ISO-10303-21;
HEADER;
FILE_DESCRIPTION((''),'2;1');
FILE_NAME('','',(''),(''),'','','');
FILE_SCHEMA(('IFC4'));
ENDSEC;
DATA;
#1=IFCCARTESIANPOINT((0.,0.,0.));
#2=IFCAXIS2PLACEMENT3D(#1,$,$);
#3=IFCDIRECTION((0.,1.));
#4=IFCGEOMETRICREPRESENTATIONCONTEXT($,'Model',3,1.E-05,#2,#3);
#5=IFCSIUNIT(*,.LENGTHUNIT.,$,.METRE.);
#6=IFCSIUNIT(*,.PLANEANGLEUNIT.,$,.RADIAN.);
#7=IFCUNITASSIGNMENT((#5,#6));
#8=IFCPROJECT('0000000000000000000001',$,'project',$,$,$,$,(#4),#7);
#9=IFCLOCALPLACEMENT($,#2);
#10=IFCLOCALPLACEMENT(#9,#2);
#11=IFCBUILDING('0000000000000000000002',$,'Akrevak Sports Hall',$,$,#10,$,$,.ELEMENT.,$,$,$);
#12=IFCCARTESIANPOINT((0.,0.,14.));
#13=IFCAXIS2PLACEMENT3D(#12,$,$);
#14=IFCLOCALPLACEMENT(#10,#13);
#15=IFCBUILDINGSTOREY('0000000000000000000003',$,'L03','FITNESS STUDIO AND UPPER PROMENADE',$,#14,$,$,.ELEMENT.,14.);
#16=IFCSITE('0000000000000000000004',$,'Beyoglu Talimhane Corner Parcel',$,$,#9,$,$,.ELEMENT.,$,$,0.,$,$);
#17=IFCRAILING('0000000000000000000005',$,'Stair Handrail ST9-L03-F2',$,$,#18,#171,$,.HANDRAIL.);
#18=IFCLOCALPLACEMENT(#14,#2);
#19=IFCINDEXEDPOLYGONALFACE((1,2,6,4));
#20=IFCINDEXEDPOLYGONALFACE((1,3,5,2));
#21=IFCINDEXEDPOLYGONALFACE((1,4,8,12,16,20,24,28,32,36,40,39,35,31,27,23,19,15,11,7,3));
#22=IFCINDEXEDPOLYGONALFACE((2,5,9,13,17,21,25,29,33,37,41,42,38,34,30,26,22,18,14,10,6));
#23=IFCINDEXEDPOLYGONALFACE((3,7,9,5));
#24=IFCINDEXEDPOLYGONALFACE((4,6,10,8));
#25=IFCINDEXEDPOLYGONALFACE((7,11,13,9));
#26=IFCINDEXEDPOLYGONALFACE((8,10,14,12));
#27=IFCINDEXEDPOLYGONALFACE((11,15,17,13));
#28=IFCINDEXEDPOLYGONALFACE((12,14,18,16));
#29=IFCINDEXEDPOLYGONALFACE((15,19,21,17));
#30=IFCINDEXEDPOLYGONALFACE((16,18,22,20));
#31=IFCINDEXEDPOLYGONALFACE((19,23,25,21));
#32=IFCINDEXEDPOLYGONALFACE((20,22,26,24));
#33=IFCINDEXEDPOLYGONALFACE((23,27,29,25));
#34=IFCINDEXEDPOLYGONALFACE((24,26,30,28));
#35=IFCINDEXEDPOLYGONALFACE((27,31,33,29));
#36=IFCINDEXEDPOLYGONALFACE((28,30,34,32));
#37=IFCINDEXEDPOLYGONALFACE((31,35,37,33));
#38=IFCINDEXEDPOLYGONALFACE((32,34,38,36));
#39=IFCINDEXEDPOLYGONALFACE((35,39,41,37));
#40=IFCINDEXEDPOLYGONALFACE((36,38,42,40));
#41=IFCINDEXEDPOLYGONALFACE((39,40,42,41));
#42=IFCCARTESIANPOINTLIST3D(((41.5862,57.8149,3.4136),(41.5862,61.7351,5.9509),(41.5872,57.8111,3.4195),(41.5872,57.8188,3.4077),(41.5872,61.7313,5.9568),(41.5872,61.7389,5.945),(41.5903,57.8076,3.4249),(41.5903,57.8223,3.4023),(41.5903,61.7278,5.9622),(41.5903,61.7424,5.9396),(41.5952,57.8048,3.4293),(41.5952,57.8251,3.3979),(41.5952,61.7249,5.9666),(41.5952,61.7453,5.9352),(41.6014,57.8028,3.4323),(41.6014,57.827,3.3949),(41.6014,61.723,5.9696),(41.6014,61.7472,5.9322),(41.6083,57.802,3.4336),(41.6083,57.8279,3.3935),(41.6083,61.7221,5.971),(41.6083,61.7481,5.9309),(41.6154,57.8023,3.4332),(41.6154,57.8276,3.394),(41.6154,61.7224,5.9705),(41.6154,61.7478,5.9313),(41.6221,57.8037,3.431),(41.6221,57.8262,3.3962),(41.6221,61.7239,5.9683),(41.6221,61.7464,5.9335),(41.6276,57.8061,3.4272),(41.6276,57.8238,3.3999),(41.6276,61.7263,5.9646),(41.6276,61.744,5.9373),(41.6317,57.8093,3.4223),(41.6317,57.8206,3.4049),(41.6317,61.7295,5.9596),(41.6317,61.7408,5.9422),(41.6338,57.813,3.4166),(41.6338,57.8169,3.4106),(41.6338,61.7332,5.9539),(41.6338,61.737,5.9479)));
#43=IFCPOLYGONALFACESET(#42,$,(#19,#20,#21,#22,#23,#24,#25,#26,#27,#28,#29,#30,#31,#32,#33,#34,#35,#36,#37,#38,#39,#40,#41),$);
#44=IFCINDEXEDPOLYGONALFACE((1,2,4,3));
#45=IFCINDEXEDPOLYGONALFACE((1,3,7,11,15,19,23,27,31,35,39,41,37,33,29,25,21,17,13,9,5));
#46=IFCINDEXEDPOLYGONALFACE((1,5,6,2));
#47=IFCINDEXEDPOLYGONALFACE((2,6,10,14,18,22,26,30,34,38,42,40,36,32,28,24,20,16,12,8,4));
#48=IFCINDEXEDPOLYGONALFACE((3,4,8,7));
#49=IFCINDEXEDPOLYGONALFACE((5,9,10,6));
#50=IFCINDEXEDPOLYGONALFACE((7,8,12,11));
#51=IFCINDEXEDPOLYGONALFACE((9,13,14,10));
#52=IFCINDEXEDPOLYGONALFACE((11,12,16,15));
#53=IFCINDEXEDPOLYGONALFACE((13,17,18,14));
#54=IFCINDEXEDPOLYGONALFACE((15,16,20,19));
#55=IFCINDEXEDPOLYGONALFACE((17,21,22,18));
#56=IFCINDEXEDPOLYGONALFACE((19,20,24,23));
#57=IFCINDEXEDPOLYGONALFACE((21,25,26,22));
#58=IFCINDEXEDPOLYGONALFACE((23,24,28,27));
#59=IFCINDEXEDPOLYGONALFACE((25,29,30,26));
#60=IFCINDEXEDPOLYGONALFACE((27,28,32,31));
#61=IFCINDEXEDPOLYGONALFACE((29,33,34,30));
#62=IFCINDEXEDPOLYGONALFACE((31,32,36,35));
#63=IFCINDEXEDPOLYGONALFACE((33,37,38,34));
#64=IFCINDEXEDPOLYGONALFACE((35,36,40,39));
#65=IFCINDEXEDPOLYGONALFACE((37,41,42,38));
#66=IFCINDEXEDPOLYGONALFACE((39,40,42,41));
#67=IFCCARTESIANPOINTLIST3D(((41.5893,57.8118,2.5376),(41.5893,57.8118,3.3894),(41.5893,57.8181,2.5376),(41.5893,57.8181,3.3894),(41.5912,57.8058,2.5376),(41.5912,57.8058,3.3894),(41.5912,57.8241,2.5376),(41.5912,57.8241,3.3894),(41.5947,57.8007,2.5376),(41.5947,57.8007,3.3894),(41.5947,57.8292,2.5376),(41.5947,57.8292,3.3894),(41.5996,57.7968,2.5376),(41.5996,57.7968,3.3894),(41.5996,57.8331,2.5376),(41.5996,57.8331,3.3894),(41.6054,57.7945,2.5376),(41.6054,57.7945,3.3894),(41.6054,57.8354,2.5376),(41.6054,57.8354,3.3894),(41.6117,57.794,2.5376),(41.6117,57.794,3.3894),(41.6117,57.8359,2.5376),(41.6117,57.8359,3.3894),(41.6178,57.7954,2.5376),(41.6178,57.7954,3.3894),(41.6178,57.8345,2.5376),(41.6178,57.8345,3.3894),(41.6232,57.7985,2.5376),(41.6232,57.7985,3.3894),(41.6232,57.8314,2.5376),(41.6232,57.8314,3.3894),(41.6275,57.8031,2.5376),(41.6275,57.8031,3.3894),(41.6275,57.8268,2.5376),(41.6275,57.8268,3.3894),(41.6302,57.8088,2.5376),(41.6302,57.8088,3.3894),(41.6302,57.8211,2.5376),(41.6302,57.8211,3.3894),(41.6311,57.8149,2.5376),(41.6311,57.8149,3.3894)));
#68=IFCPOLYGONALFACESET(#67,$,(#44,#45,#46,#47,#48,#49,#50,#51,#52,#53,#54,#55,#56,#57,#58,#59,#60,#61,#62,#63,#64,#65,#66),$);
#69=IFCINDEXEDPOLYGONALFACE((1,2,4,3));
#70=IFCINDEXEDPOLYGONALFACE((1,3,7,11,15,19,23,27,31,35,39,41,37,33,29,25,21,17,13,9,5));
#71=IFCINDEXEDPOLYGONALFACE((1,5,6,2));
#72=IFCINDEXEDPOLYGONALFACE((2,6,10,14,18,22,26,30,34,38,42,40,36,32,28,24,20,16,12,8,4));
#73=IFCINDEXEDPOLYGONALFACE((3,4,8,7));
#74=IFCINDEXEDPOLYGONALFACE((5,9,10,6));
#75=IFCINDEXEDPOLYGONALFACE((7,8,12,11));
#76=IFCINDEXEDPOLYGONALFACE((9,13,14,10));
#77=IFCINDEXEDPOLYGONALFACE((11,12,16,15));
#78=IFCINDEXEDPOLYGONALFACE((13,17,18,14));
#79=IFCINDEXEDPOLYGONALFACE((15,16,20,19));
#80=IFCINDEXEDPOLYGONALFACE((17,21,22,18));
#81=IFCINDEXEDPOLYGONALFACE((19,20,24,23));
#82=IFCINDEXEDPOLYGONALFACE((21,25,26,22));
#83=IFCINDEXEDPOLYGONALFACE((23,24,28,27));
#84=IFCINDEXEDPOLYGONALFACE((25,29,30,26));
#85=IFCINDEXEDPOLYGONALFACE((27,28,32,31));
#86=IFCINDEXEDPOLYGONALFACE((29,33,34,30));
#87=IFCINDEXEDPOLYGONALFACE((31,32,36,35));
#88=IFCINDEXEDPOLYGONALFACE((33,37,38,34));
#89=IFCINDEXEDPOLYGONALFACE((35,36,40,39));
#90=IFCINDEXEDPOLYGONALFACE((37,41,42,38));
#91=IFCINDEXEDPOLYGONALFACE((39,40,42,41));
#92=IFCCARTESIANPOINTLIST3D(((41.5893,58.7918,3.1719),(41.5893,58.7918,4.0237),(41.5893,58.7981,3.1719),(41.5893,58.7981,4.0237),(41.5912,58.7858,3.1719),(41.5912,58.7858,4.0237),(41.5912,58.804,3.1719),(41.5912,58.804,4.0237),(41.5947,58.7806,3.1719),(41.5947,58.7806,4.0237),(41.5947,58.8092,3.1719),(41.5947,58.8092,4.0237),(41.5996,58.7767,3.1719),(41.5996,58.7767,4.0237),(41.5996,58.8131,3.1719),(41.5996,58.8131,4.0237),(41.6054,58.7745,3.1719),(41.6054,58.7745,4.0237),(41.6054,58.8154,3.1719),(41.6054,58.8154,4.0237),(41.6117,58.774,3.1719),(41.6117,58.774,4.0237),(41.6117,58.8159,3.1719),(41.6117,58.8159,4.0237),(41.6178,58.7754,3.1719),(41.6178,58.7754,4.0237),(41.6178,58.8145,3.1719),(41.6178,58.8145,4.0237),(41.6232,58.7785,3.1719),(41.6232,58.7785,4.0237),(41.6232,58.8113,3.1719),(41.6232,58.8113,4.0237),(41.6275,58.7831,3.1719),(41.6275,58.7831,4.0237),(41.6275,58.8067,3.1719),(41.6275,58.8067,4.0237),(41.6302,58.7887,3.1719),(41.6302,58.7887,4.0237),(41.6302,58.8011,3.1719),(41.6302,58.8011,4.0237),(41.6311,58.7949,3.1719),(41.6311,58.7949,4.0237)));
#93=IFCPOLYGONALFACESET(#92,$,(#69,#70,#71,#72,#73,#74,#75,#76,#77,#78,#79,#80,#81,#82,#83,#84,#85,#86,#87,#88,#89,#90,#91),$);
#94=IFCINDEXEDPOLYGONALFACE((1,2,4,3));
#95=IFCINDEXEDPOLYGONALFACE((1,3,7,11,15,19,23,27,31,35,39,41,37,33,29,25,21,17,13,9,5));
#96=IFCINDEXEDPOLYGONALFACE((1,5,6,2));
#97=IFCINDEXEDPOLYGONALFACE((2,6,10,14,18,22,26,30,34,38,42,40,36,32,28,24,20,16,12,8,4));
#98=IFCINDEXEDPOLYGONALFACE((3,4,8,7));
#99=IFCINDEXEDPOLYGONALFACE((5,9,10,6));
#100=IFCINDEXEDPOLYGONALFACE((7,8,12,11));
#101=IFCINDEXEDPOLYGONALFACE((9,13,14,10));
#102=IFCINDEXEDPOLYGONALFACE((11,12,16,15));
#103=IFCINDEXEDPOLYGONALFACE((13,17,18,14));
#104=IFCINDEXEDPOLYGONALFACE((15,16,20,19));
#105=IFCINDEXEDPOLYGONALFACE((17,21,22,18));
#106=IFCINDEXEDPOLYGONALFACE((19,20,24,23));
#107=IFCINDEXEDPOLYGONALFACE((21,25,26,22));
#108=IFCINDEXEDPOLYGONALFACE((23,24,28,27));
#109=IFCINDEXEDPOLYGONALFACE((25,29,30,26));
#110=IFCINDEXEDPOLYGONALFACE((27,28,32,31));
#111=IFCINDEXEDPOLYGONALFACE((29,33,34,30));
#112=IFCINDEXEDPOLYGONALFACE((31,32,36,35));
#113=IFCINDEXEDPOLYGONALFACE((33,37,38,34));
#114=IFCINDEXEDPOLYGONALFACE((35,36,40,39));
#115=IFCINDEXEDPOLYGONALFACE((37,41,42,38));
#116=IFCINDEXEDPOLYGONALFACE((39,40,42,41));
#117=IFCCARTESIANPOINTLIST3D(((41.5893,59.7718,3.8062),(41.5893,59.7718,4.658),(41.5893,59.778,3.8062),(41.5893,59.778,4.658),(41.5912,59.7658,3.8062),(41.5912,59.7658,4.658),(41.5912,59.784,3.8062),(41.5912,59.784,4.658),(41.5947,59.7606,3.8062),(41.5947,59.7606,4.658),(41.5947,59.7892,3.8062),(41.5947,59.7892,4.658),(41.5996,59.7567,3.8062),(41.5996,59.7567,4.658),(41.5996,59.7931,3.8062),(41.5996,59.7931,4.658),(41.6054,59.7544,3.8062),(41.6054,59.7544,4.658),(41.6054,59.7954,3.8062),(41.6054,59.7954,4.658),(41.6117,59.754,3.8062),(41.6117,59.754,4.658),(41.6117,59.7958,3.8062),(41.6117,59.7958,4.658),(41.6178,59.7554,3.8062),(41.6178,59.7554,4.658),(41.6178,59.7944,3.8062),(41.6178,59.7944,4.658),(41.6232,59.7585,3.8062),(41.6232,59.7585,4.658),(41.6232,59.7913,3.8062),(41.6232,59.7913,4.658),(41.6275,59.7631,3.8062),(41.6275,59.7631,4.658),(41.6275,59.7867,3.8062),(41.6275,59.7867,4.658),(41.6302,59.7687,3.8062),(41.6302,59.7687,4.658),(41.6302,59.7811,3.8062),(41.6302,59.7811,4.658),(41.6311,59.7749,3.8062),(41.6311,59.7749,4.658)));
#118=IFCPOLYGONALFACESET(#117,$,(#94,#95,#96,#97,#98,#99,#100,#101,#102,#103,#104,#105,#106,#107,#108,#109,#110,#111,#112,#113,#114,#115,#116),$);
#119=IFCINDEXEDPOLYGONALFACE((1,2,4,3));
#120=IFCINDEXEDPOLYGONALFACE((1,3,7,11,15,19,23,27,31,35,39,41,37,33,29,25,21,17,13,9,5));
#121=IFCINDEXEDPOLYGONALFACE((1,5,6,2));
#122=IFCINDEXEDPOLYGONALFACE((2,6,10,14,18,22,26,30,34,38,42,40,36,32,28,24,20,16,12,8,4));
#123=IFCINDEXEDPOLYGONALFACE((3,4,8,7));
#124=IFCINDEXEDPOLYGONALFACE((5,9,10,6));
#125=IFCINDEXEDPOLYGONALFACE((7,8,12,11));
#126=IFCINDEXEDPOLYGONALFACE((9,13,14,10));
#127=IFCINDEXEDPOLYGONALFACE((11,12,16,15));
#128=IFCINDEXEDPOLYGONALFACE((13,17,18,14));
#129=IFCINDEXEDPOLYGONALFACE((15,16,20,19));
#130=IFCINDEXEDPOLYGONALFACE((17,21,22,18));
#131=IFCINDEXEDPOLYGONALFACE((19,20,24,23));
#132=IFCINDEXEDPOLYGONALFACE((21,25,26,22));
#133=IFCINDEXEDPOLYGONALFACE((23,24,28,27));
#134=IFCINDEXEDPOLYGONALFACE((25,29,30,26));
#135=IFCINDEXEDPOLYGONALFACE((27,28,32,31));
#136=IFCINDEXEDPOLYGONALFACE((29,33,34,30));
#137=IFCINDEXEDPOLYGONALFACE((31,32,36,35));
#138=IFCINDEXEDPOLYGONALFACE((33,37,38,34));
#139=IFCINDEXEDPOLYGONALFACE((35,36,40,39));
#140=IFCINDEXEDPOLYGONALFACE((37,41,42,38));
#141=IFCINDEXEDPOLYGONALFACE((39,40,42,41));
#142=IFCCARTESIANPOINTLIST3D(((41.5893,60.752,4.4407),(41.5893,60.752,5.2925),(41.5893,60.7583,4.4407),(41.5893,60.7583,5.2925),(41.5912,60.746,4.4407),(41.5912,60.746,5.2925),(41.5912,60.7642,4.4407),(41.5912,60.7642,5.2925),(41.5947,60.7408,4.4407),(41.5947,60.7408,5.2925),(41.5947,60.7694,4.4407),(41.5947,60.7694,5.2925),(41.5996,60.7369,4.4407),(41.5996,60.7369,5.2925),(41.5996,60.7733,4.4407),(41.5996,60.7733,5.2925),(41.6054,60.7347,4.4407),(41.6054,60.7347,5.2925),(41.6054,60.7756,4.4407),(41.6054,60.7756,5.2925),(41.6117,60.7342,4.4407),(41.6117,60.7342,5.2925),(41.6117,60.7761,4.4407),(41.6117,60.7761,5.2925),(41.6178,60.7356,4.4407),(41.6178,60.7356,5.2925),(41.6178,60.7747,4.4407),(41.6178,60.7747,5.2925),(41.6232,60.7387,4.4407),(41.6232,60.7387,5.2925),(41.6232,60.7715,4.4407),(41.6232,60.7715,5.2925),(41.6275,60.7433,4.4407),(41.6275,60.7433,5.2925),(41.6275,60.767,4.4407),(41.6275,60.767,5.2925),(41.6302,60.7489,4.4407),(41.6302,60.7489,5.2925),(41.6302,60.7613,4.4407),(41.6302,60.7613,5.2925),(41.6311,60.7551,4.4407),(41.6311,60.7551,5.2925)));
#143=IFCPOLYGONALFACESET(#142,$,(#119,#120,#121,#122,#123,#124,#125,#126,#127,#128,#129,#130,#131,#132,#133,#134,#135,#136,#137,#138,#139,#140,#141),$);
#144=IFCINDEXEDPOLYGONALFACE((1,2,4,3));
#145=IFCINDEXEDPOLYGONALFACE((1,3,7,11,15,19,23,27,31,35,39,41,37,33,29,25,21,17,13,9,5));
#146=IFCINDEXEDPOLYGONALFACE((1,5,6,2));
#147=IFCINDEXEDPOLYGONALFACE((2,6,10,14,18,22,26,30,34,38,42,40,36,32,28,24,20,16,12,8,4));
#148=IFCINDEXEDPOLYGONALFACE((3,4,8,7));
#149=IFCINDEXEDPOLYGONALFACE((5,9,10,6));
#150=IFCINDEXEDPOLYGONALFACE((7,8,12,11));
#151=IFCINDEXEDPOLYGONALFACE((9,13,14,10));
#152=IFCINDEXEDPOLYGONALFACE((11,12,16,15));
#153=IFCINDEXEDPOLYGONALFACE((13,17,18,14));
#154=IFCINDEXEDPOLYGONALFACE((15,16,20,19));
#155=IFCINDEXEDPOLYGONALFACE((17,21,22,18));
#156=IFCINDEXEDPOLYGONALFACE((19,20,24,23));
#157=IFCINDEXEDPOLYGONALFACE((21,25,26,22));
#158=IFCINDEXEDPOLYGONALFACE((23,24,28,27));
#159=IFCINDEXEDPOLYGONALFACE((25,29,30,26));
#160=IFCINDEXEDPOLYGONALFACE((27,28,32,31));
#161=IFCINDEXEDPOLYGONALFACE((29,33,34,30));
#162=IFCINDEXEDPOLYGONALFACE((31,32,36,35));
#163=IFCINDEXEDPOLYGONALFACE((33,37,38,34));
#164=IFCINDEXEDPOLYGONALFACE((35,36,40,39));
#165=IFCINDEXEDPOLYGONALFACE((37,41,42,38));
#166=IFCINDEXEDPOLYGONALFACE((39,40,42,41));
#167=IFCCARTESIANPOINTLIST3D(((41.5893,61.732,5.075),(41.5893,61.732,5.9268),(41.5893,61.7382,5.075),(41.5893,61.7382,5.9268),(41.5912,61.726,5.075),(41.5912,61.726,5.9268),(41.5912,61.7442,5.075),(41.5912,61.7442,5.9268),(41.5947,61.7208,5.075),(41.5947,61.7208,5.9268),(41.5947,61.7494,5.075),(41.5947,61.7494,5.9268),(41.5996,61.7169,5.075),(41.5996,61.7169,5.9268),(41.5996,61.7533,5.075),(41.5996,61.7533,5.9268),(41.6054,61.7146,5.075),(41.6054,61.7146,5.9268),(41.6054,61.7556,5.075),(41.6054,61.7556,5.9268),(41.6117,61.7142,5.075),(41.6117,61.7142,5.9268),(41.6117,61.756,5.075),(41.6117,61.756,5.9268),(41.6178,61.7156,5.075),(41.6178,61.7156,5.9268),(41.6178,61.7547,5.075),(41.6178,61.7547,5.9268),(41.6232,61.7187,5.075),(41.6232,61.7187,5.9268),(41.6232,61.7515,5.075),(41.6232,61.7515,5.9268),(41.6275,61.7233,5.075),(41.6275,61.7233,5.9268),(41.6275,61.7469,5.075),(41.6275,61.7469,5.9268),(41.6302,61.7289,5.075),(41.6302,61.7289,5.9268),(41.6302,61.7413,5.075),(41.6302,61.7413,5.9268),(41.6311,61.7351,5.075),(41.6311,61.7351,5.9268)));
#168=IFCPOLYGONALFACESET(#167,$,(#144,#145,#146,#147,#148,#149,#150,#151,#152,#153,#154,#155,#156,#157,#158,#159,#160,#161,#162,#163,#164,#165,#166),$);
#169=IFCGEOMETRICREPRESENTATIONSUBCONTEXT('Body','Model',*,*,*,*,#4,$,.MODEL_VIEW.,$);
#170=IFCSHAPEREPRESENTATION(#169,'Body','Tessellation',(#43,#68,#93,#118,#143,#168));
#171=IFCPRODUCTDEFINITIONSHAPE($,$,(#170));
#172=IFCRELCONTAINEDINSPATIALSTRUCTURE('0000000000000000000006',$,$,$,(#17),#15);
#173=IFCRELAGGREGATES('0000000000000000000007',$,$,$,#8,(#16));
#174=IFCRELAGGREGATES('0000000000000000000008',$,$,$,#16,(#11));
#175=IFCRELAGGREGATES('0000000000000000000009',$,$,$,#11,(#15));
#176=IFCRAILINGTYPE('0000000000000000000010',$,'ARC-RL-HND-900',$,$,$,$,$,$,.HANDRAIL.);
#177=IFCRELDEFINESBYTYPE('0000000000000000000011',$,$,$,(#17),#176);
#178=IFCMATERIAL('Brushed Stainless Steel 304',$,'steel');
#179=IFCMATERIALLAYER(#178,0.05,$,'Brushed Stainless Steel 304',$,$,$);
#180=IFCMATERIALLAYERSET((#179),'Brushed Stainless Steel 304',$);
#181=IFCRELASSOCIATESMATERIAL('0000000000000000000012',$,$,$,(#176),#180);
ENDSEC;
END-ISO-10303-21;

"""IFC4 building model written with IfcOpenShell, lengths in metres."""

from ifc_helpers import new_model, si_unit, direction, frame, origin, origin_2d, place, context, subcontext, project, spatial, circle, extrude, material, layer, layer_set, type_object, element, save


model = new_model("IFC4")

# Units and contexts
model_context = context("Model", 3, precision=1e-05, world=origin(), true_north=direction((0.0, 1.0)))
body_context = subcontext(model_context, "Body", "Model", "MODEL_VIEW")
ifc_project = project(units=[si_unit("LENGTHUNIT", "METRE"), si_unit("PLANEANGLEUNIT", "RADIAN")], contexts=[model_context])

# Site, building, storey
site_placement = place(None, origin())
site = spatial("IfcSite", under=ifc_project, at=site_placement, Name="Beyoglu Talimhane Corner Parcel", CompositionType="ELEMENT", RefElevation=0.0)
building_placement = place(site_placement, origin())
building = spatial("IfcBuilding", under=site, at=building_placement, Name="Akrevak Sports Hall", CompositionType="ELEMENT")
storey_placement = place(building_placement, frame((0.0, 0.0, 14.0)))
storey = spatial("IfcBuildingStorey", under=building, at=storey_placement, Name="L03", Description="FITNESS STUDIO AND UPPER PROMENADE", CompositionType="ELEMENT", Elevation=14.0)

# Railing
ifc_material_1 = material(Name="Brushed Stainless Steel 304", Category="steel")
ifc_layer_1 = layer(ifc_material_1, 0.05, Name="Brushed Stainless Steel 304")
ifc_layer_set_1 = layer_set([ifc_layer_1], Name="Brushed Stainless Steel 304")
railing_type_1 = type_object("IfcRailingType", Name="ARC-RL-HND-900", PredefinedType="HANDRAIL", material=ifc_layer_set_1)
railing_1_placement = place(storey_placement, frame((41.6101, 57.8149, 2.5376)))
element("IfcRailing", 1, at=railing_1_placement, inside=storey, type_object=railing_type_1, Name="Stair Handrail ST9-L03-F2", PredefinedType="HANDRAIL", context=body_context, shape_type="SweptSolid", body=[
    extrude(circle(Radius=0.0239, at=origin_2d()), frame((0.0, 0.0, 0.876), z_axis=(0.0, 0.839494, 0.543368), x_axis=(-1.0, 0.0, 0.0)), (0.0, 0.0, 1.0), 4.6697),
    extrude(circle(Radius=0.021, at=origin_2d()), origin(), (0.0, 0.0, 1.0), 0.8518),
    extrude(circle(Radius=0.021, at=origin_2d()), frame((0.0, 0.98, 0.6343)), (0.0, 0.0, 1.0), 0.8518),
    extrude(circle(Radius=0.021, at=origin_2d()), frame((0.0, 1.96, 1.2686)), (0.0, 0.0, 1.0), 0.8518),
    extrude(circle(Radius=0.021, at=origin_2d()), frame((0.0, 2.9402, 1.9031)), (0.0, 0.0, 1.0), 0.8518),
    extrude(circle(Radius=0.021, at=origin_2d()), frame((0.0, 3.9202, 2.5374)), (0.0, 0.0, 1.0), 0.8518),
])

save(model, "model.ifc")
